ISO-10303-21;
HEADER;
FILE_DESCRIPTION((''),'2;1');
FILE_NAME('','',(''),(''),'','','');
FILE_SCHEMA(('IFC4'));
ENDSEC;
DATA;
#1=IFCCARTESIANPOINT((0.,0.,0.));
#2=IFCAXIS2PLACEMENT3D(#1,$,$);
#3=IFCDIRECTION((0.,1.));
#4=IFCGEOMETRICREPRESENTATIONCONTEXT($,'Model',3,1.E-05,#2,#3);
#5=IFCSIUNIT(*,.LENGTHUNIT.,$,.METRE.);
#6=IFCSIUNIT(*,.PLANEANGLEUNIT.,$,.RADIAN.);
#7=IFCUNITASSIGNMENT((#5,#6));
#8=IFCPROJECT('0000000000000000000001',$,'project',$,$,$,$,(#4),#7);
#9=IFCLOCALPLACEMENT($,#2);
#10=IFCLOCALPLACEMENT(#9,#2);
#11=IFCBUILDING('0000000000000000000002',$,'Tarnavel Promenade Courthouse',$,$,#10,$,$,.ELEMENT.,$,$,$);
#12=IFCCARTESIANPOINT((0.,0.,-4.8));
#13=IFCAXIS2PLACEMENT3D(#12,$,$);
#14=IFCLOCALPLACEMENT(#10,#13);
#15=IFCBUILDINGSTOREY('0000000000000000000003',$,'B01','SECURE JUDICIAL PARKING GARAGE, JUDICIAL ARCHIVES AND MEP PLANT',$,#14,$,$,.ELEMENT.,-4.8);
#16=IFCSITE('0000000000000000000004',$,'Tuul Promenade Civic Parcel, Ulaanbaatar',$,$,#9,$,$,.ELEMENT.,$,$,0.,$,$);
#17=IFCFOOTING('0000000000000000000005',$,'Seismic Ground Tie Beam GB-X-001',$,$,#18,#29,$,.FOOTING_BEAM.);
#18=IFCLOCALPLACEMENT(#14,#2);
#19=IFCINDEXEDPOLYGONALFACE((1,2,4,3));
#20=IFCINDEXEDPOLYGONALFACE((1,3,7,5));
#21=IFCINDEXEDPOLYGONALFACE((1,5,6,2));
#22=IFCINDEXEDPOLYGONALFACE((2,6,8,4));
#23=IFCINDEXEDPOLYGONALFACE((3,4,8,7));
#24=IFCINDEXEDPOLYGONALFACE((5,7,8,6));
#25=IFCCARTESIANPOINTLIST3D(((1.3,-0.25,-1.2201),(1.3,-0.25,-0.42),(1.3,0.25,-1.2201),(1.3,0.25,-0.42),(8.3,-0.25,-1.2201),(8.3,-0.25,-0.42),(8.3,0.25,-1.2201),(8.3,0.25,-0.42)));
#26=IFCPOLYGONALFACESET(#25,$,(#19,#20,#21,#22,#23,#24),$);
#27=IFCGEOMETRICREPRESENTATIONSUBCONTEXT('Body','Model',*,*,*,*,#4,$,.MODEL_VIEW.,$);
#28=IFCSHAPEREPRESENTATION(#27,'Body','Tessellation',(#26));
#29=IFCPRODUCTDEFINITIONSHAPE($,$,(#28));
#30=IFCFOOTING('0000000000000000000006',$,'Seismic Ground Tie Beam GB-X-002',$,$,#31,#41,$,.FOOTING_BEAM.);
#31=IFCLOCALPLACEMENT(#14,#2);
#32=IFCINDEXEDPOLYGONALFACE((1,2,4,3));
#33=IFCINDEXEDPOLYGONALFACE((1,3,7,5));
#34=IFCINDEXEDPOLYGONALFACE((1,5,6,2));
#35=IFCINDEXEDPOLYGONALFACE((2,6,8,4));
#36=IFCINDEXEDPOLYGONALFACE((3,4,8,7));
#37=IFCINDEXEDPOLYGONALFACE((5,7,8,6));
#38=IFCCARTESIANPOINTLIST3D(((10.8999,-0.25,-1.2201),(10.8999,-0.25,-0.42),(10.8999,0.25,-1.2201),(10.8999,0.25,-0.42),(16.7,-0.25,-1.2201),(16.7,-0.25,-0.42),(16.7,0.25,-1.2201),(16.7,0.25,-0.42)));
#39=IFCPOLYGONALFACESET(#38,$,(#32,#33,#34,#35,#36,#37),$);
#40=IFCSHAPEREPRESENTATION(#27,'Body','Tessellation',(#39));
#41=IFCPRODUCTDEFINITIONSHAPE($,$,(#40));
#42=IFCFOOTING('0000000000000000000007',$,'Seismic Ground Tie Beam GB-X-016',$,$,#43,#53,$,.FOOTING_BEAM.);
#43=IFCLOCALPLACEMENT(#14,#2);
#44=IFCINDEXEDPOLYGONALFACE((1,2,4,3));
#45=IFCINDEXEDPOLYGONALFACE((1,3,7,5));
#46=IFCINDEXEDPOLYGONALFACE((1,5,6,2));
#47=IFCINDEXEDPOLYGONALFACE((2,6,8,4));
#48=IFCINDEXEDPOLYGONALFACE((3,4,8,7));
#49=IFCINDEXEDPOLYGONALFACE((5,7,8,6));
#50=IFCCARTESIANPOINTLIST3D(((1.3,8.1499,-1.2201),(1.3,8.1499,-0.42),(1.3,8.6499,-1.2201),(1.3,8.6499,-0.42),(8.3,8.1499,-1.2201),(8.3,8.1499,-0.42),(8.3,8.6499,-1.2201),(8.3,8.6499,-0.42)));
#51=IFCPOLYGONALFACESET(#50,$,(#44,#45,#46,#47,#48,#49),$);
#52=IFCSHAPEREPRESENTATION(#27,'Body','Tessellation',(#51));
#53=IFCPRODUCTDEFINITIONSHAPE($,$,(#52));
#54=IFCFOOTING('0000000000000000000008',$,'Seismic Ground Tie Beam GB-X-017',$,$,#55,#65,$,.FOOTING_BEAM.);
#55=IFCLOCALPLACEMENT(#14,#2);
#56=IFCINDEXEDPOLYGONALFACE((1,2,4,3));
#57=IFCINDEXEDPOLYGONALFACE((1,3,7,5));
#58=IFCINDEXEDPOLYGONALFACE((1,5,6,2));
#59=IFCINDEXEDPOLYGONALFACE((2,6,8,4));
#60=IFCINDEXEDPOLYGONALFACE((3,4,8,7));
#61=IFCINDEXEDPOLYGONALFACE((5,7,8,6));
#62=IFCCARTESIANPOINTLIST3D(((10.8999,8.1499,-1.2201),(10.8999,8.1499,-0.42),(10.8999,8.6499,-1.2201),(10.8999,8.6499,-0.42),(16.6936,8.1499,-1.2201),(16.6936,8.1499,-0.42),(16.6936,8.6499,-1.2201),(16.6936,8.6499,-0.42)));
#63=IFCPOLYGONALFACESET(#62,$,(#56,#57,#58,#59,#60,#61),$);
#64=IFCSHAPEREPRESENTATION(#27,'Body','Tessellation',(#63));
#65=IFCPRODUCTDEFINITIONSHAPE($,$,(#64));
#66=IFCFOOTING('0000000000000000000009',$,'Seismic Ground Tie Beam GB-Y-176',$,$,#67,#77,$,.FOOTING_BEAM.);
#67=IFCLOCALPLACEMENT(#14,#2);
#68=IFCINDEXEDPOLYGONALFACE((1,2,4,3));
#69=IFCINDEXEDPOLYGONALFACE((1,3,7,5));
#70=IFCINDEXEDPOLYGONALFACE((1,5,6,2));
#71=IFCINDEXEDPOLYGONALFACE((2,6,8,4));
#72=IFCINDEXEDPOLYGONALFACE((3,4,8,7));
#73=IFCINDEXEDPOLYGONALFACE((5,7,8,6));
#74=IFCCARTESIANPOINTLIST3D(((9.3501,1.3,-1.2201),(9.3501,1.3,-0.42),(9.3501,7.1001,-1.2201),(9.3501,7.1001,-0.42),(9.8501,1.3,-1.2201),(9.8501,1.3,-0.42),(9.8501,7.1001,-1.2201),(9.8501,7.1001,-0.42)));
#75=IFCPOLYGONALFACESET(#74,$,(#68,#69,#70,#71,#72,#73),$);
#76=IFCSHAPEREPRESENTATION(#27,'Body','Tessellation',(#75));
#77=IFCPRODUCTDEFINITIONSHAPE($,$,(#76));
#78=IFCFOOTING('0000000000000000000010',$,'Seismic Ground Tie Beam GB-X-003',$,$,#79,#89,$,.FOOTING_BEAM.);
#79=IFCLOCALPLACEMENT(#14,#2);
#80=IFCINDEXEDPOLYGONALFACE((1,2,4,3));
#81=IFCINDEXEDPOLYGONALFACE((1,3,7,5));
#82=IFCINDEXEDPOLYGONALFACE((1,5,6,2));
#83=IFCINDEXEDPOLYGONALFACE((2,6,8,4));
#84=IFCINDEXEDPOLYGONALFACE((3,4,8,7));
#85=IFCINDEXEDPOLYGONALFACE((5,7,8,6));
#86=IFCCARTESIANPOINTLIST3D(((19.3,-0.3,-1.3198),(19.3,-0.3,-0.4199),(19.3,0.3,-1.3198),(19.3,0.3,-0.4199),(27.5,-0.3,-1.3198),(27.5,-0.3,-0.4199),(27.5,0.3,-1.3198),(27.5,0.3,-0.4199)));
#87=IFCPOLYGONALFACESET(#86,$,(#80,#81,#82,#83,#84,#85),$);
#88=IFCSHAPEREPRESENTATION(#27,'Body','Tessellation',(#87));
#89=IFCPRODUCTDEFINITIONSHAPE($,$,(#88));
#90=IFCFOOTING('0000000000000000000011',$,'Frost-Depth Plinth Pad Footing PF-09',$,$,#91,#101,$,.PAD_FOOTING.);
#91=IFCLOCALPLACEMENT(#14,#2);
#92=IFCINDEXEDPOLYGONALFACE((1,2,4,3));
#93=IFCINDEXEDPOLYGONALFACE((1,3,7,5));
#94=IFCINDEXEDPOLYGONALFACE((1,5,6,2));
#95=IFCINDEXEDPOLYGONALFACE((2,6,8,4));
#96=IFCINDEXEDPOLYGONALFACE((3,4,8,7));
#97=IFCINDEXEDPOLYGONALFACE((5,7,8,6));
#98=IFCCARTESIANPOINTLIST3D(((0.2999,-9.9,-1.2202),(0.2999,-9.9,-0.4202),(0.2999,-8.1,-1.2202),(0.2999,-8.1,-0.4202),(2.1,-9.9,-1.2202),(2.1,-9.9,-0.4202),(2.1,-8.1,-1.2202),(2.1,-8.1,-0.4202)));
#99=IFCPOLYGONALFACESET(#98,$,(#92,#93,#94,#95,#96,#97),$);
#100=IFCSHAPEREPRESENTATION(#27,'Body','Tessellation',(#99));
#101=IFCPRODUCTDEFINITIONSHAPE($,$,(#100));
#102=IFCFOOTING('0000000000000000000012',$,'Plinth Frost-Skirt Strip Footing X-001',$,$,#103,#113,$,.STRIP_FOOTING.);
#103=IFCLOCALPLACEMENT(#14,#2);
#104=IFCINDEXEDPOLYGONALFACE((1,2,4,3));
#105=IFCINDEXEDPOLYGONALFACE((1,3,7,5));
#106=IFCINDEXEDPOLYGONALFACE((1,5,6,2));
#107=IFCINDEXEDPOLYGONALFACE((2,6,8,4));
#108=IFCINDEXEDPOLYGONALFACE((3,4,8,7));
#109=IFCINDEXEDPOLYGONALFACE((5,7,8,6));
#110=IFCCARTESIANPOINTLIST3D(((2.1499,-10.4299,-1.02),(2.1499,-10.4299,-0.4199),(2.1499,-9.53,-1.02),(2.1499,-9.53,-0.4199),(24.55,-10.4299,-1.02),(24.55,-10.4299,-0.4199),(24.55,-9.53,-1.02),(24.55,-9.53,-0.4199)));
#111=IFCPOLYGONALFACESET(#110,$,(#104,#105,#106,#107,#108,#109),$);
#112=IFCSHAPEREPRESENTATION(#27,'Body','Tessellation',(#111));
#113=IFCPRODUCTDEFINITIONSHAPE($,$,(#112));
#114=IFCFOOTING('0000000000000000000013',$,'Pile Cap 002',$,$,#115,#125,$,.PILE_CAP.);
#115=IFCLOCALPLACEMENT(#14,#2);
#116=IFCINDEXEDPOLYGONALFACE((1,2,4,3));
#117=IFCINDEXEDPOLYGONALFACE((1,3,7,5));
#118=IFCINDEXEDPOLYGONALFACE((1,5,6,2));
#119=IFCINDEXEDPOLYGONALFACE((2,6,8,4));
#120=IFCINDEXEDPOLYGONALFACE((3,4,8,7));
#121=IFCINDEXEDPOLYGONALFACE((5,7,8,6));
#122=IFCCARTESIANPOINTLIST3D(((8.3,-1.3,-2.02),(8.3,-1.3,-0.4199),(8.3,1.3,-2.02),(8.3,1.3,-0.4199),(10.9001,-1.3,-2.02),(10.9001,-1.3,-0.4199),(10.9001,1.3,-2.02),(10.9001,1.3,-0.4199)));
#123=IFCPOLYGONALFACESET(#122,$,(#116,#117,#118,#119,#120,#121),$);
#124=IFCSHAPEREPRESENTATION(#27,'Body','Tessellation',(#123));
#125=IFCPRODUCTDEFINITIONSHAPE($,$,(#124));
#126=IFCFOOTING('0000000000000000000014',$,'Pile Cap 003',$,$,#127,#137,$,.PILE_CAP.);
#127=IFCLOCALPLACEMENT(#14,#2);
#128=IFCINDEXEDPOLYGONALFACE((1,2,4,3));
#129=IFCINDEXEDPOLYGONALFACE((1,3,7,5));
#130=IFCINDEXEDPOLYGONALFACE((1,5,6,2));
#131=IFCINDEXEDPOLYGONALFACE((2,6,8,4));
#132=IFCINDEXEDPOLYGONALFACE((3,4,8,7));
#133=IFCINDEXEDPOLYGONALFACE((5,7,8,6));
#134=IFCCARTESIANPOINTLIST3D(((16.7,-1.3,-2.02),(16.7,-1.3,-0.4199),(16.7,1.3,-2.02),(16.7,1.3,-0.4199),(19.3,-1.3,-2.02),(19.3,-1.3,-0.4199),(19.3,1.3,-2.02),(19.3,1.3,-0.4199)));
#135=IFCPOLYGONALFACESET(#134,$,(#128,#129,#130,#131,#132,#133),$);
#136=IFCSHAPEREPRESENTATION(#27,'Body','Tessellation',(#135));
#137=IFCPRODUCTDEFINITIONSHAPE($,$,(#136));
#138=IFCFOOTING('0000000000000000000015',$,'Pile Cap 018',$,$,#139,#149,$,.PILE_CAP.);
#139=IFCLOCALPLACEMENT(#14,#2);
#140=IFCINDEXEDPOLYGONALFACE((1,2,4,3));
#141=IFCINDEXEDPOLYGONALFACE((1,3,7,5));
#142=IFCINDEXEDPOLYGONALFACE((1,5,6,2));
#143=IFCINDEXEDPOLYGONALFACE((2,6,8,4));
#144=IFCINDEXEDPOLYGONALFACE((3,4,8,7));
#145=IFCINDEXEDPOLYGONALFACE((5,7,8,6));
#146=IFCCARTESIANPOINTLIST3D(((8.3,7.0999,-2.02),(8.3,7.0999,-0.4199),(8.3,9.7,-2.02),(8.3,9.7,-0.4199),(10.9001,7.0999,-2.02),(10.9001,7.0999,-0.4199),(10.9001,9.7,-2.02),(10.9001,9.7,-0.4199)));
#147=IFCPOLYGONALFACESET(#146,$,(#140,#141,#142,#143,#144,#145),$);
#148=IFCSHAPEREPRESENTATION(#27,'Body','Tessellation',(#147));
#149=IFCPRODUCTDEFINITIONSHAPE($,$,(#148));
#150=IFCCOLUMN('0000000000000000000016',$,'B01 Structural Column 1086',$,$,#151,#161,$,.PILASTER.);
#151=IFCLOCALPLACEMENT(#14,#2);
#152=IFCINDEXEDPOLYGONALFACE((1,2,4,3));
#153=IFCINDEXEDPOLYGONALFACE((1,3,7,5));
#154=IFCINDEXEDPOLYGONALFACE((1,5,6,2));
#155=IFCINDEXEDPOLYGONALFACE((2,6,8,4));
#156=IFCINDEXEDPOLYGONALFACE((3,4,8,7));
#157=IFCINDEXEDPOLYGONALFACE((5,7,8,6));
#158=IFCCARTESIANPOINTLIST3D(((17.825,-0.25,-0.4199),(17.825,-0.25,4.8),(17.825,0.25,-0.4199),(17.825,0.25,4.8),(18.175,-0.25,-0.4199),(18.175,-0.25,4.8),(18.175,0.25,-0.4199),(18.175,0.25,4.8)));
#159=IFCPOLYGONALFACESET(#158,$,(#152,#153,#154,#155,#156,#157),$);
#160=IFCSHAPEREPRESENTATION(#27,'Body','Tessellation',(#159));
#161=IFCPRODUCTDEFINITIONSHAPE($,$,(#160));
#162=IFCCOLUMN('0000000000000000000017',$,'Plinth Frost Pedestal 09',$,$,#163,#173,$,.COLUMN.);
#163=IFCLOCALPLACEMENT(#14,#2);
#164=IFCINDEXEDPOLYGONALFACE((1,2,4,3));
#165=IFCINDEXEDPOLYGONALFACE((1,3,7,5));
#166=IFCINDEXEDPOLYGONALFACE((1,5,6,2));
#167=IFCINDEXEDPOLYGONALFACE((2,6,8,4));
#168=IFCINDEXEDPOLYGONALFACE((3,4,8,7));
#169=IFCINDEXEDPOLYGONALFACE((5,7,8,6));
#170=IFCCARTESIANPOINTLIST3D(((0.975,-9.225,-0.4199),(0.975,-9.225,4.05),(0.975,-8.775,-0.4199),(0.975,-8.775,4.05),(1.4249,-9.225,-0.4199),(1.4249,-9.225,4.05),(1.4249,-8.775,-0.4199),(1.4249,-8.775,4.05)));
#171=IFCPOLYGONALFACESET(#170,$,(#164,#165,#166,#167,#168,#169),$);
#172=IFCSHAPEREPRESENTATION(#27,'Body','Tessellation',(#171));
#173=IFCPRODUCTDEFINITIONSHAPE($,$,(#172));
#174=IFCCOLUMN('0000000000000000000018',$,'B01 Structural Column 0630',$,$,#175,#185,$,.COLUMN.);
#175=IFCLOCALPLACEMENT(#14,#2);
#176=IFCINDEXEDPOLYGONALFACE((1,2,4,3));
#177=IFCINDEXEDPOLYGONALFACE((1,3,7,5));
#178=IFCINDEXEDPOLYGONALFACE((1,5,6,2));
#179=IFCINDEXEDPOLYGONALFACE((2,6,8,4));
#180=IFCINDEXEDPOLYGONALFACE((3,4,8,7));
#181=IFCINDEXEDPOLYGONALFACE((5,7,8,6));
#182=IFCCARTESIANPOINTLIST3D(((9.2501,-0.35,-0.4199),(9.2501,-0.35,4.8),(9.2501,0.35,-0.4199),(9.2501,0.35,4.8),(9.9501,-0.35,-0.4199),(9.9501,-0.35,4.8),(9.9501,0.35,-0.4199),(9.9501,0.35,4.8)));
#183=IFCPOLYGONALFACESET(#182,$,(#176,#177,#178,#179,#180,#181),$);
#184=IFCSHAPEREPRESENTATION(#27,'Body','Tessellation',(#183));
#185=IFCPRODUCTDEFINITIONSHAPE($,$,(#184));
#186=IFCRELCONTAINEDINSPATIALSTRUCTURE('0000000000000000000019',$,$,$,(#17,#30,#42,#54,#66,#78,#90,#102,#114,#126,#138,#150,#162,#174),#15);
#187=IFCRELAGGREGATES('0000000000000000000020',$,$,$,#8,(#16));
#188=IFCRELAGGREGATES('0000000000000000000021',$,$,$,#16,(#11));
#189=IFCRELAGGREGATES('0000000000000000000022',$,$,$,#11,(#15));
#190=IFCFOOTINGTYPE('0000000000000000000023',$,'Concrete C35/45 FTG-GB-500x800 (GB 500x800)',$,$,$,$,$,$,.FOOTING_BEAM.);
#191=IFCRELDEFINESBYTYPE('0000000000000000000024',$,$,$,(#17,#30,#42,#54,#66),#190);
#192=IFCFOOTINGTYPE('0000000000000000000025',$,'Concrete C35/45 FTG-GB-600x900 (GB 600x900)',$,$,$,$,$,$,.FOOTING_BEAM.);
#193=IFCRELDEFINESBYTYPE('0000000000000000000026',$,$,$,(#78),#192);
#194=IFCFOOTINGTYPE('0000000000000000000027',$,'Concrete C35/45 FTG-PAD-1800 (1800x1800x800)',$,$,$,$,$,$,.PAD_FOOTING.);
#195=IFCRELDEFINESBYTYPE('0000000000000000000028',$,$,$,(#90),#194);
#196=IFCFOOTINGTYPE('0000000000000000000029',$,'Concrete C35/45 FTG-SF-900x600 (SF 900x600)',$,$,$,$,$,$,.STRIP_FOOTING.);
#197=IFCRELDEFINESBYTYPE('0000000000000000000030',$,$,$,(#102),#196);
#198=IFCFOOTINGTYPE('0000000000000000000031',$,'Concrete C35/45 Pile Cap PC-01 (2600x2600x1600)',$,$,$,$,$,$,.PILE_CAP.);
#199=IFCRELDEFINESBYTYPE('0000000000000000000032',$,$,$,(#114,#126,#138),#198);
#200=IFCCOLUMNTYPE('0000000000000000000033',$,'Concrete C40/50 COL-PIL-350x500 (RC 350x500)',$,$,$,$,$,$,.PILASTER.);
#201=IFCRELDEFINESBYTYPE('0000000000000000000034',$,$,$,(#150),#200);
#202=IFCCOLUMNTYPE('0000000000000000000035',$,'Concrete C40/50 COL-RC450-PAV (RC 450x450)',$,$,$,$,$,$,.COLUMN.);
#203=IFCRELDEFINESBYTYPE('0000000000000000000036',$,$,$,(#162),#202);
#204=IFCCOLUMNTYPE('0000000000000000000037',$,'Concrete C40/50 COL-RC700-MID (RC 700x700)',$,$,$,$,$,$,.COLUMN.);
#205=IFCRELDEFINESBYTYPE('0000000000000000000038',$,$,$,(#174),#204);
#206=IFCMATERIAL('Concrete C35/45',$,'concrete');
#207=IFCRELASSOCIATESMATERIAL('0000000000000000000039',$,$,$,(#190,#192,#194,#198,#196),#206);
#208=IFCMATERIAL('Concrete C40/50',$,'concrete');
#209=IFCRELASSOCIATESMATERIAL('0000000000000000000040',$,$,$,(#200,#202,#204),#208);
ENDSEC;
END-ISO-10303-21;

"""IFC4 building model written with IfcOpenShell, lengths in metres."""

from ifc_helpers import new_model, si_unit, direction, frame, origin, origin_2d, place, context, subcontext, project, spatial, rectangle, extrude, material, material_profile, profile_set, type_object, element, save


model = new_model("IFC4")

# Units and contexts
model_context = context("Model", 3, precision=1e-05, world=origin(), true_north=direction((0.0, 1.0)))
body_context = subcontext(model_context, "Body", "Model", "MODEL_VIEW")
ifc_project = project(units=[si_unit("LENGTHUNIT", "METRE"), si_unit("PLANEANGLEUNIT", "RADIAN")], contexts=[model_context])

# Site, building, storey
site_placement = place(None, origin())
site = spatial("IfcSite", under=ifc_project, at=site_placement, Name="Tuul Promenade Civic Parcel, Ulaanbaatar", CompositionType="ELEMENT", RefElevation=0.0)
building_placement = place(site_placement, origin())
building = spatial("IfcBuilding", under=site, at=building_placement, Name="Tarnavel Promenade Courthouse", CompositionType="ELEMENT")
storey_placement = place(building_placement, frame((0.0, 0.0, -4.8)))
storey = spatial("IfcBuildingStorey", under=building, at=storey_placement, Name="B01", Description="SECURE JUDICIAL PARKING GARAGE, JUDICIAL ARCHIVES AND MEP PLANT", CompositionType="ELEMENT", Elevation=-4.8)

# Footings
ifc_material_1 = material(Name="Concrete C35/45", Category="concrete")
ifc_material_profile_1 = material_profile(ifc_material_1, rectangle(XDim=0.5, YDim=0.8, at=origin_2d()), Name="GB 500x800")
ifc_profile_set_1 = profile_set([ifc_material_profile_1], Name="Concrete C35/45")
footing_type_1 = type_object("IfcFootingType", Name="Concrete C35/45 FTG-GB-500x800 (GB 500x800)", PredefinedType="FOOTING_BEAM", material=ifc_profile_set_1)
footing_1_placement = place(storey_placement, frame((1.3, 0.0, -0.8201), z_axis=(1.0, 0.0, 0.0), x_axis=(0.0, 1.0, 0.0)))
element("IfcFooting", 1, at=footing_1_placement, inside=storey, type_object=footing_type_1, Name="Seismic Ground Tie Beam GB-X-001", PredefinedType="FOOTING_BEAM", context=body_context, shape_type="SweptSolid", body=[
    extrude(rectangle(XDim=0.5, YDim=0.8, at=origin_2d()), origin(), (0.0, 0.0, 1.0), 7.0),
])
footing_2_placement = place(storey_placement, frame((10.8999, 0.0, -0.8201), z_axis=(1.0, 0.0, 0.0), x_axis=(0.0, 1.0, 0.0)))
element("IfcFooting", 2, at=footing_2_placement, inside=storey, type_object=footing_type_1, Name="Seismic Ground Tie Beam GB-X-002", PredefinedType="FOOTING_BEAM", context=body_context, shape_type="SweptSolid", body=[
    extrude(rectangle(XDim=0.5, YDim=0.8, at=origin_2d()), origin(), (0.0, 0.0, 1.0), 5.8),
])
footing_3_placement = place(storey_placement, frame((1.3, 8.3999, -0.8201), z_axis=(1.0, 0.0, 0.0), x_axis=(0.0, 1.0, 0.0)))
element("IfcFooting", 3, at=footing_3_placement, inside=storey, type_object=footing_type_1, Name="Seismic Ground Tie Beam GB-X-016", PredefinedType="FOOTING_BEAM", context=body_context, shape_type="SweptSolid", body=[
    extrude(rectangle(XDim=0.5, YDim=0.8, at=origin_2d()), origin(), (0.0, 0.0, 1.0), 7.0),
])
footing_4_placement = place(storey_placement, frame((10.8999, 8.3999, -0.8201), z_axis=(1.0, 0.0, 0.0), x_axis=(0.0, 1.0, 0.0)))
element("IfcFooting", 4, at=footing_4_placement, inside=storey, type_object=footing_type_1, Name="Seismic Ground Tie Beam GB-X-017", PredefinedType="FOOTING_BEAM", context=body_context, shape_type="SweptSolid", body=[
    extrude(rectangle(XDim=0.5, YDim=0.8, at=origin_2d()), origin(), (0.0, 0.0, 1.0), 5.7937),
])
footing_5_placement = place(storey_placement, frame((9.6001, 1.3, -0.8201), z_axis=(0.0, 1.0, 0.0), x_axis=(-1.0, 0.0, 0.0)))
element("IfcFooting", 5, at=footing_5_placement, inside=storey, type_object=footing_type_1, Name="Seismic Ground Tie Beam GB-Y-176", PredefinedType="FOOTING_BEAM", context=body_context, shape_type="SweptSolid", body=[
    extrude(rectangle(XDim=0.5, YDim=0.8, at=origin_2d()), origin(), (0.0, 0.0, 1.0), 5.8),
])
ifc_material_profile_2 = material_profile(ifc_material_1, rectangle(XDim=0.6001, YDim=0.8999, at=origin_2d()), Name="GB 600x900")
ifc_profile_set_2 = profile_set([ifc_material_profile_2], Name="Concrete C35/45")
footing_type_2 = type_object("IfcFootingType", Name="Concrete C35/45 FTG-GB-600x900 (GB 600x900)", PredefinedType="FOOTING_BEAM", material=ifc_profile_set_2)
footing_6_placement = place(storey_placement, frame((19.3, 0.0, -0.8699), z_axis=(1.0, 0.0, 0.0), x_axis=(0.0, 1.0, 0.0)))
element("IfcFooting", 6, at=footing_6_placement, inside=storey, type_object=footing_type_2, Name="Seismic Ground Tie Beam GB-X-003", PredefinedType="FOOTING_BEAM", context=body_context, shape_type="SweptSolid", body=[
    extrude(rectangle(XDim=0.6001, YDim=0.8999, at=origin_2d()), origin(), (0.0, 0.0, 1.0), 8.2),
])
footing_type_3 = type_object("IfcFootingType", Name="Concrete C35/45 FTG-PAD-1800 (1800x1800x800)", PredefinedType="PAD_FOOTING", material=ifc_material_1)
footing_7_placement = place(storey_placement, frame((1.2, -9.0, -1.2202), z_axis=(0.0, 0.0, 1.0), x_axis=(1.0, 0.0, 0.0)))
element("IfcFooting", 7, at=footing_7_placement, inside=storey, type_object=footing_type_3, Name="Frost-Depth Plinth Pad Footing PF-09", PredefinedType="PAD_FOOTING", context=body_context, shape_type="SweptSolid", body=[
    extrude(rectangle(XDim=1.8, YDim=1.8, at=origin_2d()), origin(), (0.0, 0.0, 1.0), 0.8),
])
ifc_material_profile_3 = material_profile(ifc_material_1, rectangle(XDim=0.8999, YDim=0.6001, at=origin_2d()), Name="SF 900x600")
ifc_profile_set_3 = profile_set([ifc_material_profile_3], Name="Concrete C35/45")
footing_type_4 = type_object("IfcFootingType", Name="Concrete C35/45 FTG-SF-900x600 (SF 900x600)", PredefinedType="STRIP_FOOTING", material=ifc_profile_set_3)
footing_8_placement = place(storey_placement, frame((2.1499, -9.98, -0.72), z_axis=(1.0, 0.0, 0.0), x_axis=(0.0, 1.0, 0.0)))
element("IfcFooting", 8, at=footing_8_placement, inside=storey, type_object=footing_type_4, Name="Plinth Frost-Skirt Strip Footing X-001", PredefinedType="STRIP_FOOTING", context=body_context, shape_type="SweptSolid", body=[
    extrude(rectangle(XDim=0.8999, YDim=0.6001, at=origin_2d()), origin(), (0.0, 0.0, 1.0), 22.4001),
])
footing_type_5 = type_object("IfcFootingType", Name="Concrete C35/45 Pile Cap PC-01 (2600x2600x1600)", PredefinedType="PILE_CAP", material=ifc_material_1)
for number, where, z_axis, x_axis, name in (
    (9, (9.6001, 0.0, -2.02), (0.0, 0.0, 1.0), (1.0, 0.0, 0.0), "Pile Cap 002"),
    (10, (18.0, 0.0, -2.02), (0.0, 0.0, 1.0), (1.0, 0.0, 0.0), "Pile Cap 003"),
    (11, (9.6001, 8.3999, -2.02), (0.0, 0.0, 1.0), (1.0, 0.0, 0.0), "Pile Cap 018"),
):
    element("IfcFooting", number, at=place(storey_placement, frame(where, z_axis=z_axis, x_axis=x_axis)), inside=storey, type_object=footing_type_5, Name=name, PredefinedType="PILE_CAP", context=body_context, shape_type="SweptSolid", body=[
        extrude(rectangle(XDim=2.6001, YDim=2.6001, at=origin_2d()), origin(), (0.0, 0.0, 1.0), 1.6001),
    ])

# Columns
ifc_material_2 = material(Name="Concrete C40/50", Category="concrete")
ifc_material_profile_4 = material_profile(ifc_material_2, rectangle(XDim=0.3501, YDim=0.5, at=origin_2d()), Name="RC 350x500")
ifc_profile_set_4 = profile_set([ifc_material_profile_4], Name="Concrete C40/50")
column_type_1 = type_object("IfcColumnType", Name="Concrete C40/50 COL-PIL-350x500 (RC 350x500)", PredefinedType="PILASTER", material=ifc_profile_set_4)
column_1_placement = place(storey_placement, frame((18.0, 0.0, -0.4199), z_axis=(0.0, 0.0, 1.0), x_axis=(1.0, 0.0, 0.0)))
element("IfcColumn", 12, at=column_1_placement, inside=storey, type_object=column_type_1, Name="B01 Structural Column 1086", PredefinedType="PILASTER", context=body_context, shape_type="SweptSolid", body=[
    extrude(rectangle(XDim=0.3501, YDim=0.5, at=origin_2d()), origin(), (0.0, 0.0, 1.0), 5.22),
])
ifc_material_profile_5 = material_profile(ifc_material_2, rectangle(XDim=0.45, YDim=0.45, at=origin_2d()), Name="RC 450x450")
ifc_profile_set_5 = profile_set([ifc_material_profile_5], Name="Concrete C40/50")
column_type_2 = type_object("IfcColumnType", Name="Concrete C40/50 COL-RC450-PAV (RC 450x450)", PredefinedType="COLUMN", material=ifc_profile_set_5)
column_2_placement = place(storey_placement, frame((1.2, -9.0, -0.4199), z_axis=(0.0, 0.0, 1.0), x_axis=(1.0, 0.0, 0.0)))
element("IfcColumn", 13, at=column_2_placement, inside=storey, type_object=column_type_2, Name="Plinth Frost Pedestal 09", PredefinedType="COLUMN", context=body_context, shape_type="SweptSolid", body=[
    extrude(rectangle(XDim=0.45, YDim=0.45, at=origin_2d()), origin(), (0.0, 0.0, 1.0), 4.47),
])
ifc_material_profile_6 = material_profile(ifc_material_2, rectangle(XDim=0.7, YDim=0.7, at=origin_2d()), Name="RC 700x700")
ifc_profile_set_6 = profile_set([ifc_material_profile_6], Name="Concrete C40/50")
column_type_3 = type_object("IfcColumnType", Name="Concrete C40/50 COL-RC700-MID (RC 700x700)", PredefinedType="COLUMN", material=ifc_profile_set_6)
for number, where, z_axis, x_axis, name in (
    (14, (9.6001, 0.0, -0.4199), (0.0, 0.0, 1.0), (1.0, 0.0, 0.0), "B01 Structural Column 0630"),
):
    element("IfcColumn", number, at=place(storey_placement, frame(where, z_axis=z_axis, x_axis=x_axis)), inside=storey, type_object=column_type_3, Name=name, PredefinedType="COLUMN", context=body_context, shape_type="SweptSolid", body=[
        extrude(rectangle(XDim=0.7, YDim=0.7, at=origin_2d()), origin(), (0.0, 0.0, 1.0), 5.22),
    ])

save(model, "model.ifc")
